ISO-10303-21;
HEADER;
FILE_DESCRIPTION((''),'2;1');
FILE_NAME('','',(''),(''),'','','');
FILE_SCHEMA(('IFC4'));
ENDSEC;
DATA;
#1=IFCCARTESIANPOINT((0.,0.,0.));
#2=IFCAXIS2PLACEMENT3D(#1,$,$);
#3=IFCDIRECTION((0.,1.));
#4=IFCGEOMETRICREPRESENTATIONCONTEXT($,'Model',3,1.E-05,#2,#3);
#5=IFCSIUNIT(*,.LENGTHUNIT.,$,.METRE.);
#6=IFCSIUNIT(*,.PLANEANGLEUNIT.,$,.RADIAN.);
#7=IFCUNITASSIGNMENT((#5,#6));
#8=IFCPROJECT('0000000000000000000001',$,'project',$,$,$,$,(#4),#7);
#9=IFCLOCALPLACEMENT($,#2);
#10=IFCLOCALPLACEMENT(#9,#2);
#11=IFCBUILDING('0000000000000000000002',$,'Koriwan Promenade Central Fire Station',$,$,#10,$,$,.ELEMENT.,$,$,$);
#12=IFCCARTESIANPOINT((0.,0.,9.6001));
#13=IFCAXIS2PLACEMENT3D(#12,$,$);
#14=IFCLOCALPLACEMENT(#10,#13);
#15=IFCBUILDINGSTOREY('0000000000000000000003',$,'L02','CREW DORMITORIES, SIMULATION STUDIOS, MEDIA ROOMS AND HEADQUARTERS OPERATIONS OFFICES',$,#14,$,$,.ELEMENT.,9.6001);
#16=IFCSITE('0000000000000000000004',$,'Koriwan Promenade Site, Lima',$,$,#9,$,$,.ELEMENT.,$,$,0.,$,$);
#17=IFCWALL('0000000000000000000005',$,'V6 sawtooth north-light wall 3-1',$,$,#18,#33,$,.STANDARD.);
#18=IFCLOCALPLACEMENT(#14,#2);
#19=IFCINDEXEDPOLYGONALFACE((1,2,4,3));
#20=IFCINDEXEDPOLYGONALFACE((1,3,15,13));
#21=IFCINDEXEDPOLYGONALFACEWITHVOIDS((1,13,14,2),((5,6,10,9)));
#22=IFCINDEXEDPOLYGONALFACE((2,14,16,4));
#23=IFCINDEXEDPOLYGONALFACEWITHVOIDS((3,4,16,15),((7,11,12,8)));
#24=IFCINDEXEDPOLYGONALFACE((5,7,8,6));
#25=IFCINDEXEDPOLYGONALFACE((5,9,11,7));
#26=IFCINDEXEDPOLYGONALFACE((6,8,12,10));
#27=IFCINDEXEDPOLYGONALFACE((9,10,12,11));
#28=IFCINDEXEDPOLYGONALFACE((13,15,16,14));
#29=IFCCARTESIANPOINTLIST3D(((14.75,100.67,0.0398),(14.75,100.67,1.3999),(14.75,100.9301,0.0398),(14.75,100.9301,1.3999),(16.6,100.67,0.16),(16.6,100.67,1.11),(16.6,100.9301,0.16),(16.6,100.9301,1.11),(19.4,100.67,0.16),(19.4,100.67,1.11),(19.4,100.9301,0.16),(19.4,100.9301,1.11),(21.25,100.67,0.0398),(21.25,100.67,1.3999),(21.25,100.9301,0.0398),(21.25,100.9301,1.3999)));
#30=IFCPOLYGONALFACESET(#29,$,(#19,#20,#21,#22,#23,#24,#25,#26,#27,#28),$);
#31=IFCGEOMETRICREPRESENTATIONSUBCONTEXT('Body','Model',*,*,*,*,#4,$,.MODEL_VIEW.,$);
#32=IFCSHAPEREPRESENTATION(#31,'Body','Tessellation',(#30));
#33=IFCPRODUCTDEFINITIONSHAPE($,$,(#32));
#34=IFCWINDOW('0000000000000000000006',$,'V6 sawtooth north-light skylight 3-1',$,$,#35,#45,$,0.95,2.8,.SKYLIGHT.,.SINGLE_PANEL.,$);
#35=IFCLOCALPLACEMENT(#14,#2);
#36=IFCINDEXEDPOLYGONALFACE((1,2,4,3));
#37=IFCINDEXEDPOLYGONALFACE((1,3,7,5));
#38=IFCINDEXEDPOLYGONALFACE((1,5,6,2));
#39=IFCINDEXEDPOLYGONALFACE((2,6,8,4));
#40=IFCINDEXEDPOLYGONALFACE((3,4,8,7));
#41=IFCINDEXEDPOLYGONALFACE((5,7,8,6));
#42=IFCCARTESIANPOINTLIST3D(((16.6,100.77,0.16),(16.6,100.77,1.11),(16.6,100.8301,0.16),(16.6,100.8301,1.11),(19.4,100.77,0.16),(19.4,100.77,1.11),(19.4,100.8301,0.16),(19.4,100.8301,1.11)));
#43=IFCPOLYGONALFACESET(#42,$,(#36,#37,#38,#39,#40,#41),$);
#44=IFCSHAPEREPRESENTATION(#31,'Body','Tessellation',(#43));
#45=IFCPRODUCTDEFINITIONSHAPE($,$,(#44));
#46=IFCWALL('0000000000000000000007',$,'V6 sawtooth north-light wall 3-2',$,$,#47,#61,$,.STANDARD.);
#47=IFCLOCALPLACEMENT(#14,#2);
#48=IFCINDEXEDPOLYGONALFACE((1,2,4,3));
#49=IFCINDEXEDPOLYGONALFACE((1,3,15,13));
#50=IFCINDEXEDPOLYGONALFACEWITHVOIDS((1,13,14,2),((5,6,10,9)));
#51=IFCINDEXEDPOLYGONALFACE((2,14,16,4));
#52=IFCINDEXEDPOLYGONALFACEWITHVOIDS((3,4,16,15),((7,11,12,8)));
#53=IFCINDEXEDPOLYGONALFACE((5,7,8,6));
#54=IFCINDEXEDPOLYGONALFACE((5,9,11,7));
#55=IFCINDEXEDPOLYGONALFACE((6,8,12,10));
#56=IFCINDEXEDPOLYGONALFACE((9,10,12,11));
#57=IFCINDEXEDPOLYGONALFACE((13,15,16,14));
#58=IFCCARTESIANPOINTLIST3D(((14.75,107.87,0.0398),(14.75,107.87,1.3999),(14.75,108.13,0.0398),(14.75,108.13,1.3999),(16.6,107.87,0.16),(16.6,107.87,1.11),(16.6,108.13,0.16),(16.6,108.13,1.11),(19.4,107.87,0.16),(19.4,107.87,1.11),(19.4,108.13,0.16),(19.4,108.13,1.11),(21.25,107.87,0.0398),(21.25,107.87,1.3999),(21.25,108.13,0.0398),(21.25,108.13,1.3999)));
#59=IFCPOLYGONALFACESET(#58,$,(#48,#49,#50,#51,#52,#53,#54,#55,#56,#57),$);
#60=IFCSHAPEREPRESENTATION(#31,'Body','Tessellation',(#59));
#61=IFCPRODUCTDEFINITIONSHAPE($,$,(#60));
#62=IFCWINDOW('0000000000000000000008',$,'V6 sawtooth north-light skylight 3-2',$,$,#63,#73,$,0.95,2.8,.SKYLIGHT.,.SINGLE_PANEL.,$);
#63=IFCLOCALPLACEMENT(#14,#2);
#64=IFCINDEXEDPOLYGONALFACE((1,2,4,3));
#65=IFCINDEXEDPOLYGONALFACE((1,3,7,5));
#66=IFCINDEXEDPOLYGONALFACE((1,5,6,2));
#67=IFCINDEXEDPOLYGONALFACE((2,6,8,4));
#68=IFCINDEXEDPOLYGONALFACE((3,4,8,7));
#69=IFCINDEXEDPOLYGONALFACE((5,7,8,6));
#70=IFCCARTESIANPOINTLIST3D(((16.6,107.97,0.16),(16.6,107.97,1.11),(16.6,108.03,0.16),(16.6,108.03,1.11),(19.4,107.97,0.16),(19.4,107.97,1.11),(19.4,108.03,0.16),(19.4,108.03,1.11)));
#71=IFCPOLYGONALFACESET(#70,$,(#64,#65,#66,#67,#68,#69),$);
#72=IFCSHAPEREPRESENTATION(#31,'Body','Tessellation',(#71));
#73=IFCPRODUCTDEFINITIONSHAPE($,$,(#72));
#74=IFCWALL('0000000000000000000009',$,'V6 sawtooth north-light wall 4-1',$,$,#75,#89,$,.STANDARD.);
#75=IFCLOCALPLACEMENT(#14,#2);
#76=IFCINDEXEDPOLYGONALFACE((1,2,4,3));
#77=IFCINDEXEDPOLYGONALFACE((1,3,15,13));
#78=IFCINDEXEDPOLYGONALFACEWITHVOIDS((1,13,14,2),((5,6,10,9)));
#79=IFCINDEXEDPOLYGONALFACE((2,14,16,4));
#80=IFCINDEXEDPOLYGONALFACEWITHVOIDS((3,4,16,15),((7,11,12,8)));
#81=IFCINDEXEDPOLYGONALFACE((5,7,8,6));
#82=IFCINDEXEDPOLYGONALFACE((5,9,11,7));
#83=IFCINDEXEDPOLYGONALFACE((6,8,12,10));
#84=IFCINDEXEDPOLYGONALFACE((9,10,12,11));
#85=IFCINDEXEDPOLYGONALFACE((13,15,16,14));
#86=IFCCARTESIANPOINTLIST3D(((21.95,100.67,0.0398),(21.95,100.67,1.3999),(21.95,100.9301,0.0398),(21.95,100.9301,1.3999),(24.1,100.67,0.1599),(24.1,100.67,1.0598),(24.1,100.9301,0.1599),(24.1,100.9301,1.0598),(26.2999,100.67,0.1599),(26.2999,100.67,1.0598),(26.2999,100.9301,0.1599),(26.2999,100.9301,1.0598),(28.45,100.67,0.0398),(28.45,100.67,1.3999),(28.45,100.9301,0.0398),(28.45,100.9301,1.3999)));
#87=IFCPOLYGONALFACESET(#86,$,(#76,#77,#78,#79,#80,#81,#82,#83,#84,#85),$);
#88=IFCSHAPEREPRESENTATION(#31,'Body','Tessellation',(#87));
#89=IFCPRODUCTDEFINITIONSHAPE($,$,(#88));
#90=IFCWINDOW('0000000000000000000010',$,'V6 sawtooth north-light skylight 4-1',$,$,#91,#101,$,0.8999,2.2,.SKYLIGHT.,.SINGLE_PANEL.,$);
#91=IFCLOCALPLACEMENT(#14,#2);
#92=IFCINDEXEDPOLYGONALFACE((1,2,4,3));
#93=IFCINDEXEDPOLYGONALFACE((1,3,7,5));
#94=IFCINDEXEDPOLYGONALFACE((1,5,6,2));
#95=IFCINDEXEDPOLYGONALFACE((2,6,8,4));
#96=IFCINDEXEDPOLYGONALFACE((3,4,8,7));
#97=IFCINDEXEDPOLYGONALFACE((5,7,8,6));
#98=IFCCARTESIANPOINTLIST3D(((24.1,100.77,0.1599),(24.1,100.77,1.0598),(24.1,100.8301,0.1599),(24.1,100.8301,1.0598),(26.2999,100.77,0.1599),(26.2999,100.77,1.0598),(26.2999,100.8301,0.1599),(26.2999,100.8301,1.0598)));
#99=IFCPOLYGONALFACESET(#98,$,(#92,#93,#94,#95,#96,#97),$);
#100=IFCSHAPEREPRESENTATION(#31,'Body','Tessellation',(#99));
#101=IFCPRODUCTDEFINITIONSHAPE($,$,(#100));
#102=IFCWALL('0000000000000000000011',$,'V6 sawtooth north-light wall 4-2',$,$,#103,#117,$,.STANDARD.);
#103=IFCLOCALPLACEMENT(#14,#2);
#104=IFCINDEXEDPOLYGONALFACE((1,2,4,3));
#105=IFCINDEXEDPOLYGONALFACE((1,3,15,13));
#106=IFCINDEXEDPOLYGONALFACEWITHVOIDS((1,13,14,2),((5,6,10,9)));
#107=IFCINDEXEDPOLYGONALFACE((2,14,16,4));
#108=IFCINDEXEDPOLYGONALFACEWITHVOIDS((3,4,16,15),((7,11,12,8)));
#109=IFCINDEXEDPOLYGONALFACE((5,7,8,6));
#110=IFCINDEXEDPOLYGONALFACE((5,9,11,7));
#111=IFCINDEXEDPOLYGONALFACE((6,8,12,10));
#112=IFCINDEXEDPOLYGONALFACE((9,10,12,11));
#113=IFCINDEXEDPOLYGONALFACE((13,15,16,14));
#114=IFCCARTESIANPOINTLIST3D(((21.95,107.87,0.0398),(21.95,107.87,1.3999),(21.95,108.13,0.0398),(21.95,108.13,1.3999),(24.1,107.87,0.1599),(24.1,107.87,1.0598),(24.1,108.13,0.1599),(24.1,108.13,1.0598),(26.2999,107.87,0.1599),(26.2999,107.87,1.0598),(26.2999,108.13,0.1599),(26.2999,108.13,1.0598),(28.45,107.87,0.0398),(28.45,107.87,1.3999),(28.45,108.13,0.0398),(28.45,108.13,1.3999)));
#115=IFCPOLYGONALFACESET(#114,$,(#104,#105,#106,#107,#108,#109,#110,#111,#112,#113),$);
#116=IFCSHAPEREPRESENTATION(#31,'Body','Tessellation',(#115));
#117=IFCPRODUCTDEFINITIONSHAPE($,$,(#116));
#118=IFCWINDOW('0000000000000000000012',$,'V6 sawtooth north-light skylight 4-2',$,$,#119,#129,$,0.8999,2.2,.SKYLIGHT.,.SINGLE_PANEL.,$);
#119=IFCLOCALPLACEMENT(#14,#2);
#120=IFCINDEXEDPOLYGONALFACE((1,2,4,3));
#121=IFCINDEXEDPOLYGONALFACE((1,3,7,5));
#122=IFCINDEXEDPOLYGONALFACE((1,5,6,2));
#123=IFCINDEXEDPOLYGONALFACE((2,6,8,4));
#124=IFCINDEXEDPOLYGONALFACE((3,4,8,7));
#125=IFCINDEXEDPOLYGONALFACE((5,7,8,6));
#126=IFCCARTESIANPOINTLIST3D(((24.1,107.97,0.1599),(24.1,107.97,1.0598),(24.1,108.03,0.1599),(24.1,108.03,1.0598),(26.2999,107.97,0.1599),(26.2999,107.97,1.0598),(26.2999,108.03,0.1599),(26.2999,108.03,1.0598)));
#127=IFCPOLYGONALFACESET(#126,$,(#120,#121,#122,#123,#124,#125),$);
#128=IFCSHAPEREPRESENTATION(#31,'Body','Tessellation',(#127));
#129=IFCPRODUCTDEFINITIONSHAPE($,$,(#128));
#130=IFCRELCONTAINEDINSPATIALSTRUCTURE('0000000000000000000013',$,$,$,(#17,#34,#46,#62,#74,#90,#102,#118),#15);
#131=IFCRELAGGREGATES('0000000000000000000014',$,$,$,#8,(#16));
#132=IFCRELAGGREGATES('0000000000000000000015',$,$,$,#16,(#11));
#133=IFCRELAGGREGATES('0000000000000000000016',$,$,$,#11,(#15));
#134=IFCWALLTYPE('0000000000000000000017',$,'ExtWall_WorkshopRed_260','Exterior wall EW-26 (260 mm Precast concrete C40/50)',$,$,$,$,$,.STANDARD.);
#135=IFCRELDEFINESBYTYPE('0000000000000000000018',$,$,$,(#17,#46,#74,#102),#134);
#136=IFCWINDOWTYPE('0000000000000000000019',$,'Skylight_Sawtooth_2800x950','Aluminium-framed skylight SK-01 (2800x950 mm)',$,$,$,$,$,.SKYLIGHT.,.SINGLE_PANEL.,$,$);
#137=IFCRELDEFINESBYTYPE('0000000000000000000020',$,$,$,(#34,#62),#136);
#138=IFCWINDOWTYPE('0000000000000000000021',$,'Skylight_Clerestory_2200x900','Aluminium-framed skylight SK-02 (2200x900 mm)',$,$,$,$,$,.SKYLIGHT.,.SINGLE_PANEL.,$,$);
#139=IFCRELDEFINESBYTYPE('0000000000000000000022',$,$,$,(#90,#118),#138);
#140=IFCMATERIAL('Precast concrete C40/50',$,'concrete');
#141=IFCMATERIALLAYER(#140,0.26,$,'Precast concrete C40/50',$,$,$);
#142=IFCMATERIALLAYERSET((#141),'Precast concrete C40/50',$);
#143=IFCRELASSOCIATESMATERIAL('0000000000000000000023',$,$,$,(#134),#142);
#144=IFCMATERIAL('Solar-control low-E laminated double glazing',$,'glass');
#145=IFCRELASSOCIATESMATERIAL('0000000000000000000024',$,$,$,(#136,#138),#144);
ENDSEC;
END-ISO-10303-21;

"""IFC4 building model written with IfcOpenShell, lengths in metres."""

from ifc_helpers import new_model, si_unit, direction, frame, frame_2d, origin, place, context, subcontext, project, spatial, rectangle, extrude, material, layer, layer_set, type_object, element, fill, save


model = new_model("IFC4")

# Units and contexts
model_context = context("Model", 3, precision=1e-05, world=origin(), true_north=direction((0.0, 1.0)))
body_context = subcontext(model_context, "Body", "Model", "MODEL_VIEW")
ifc_project = project(units=[si_unit("LENGTHUNIT", "METRE"), si_unit("PLANEANGLEUNIT", "RADIAN")], contexts=[model_context])

# Site, building, storey
site_placement = place(None, origin())
site = spatial("IfcSite", under=ifc_project, at=site_placement, Name="Koriwan Promenade Site, Lima", CompositionType="ELEMENT", RefElevation=0.0)
building_placement = place(site_placement, origin())
building = spatial("IfcBuilding", under=site, at=building_placement, Name="Koriwan Promenade Central Fire Station", CompositionType="ELEMENT")
storey_placement = place(building_placement, frame((0.0, 0.0, 9.6001)))
storey = spatial("IfcBuildingStorey", under=building, at=storey_placement, Name="L02", Description="CREW DORMITORIES, SIMULATION STUDIOS, MEDIA ROOMS AND HEADQUARTERS OPERATIONS OFFICES", CompositionType="ELEMENT", Elevation=9.6001)

# Walls, openings, windows
ifc_material_1 = material(Name="Precast concrete C40/50", Category="concrete")
ifc_layer_1 = layer(ifc_material_1, 0.26, Name="Precast concrete C40/50")
ifc_layer_set_1 = layer_set([ifc_layer_1], Name="Precast concrete C40/50")
wall_type = type_object("IfcWallType", Name="ExtWall_WorkshopRed_260", Description="Exterior wall EW-26 (260 mm Precast concrete C40/50)", PredefinedType="STANDARD", material=ifc_layer_set_1)
wall_1_placement = place(storey_placement, frame((14.75, 100.8, 0.0398), z_axis=(0.0, 0.0, 1.0), x_axis=(1.0, 0.0, 0.0)))
wall_1 = element("IfcWall", 1, at=wall_1_placement, inside=storey, type_object=wall_type, Name="V6 sawtooth north-light wall 3-1", PredefinedType="STANDARD", context=body_context, shape_type="SweptSolid", body=[
    extrude(rectangle(XDim=6.5, YDim=0.26, at=frame_2d((3.25, 0.0))), origin(), (0.0, 0.0, 1.0), 1.3601),
])
opening_1_placement = place(wall_1_placement, frame((1.8501, 0.0, 0.1201)))
opening_1 = element("IfcOpeningElement", 2, at=opening_1_placement, cuts=wall_1, PredefinedType="OPENING", context=body_context, shape_type="SweptSolid", body=[
    extrude(rectangle(XDim=2.8, YDim=0.95, at=frame_2d((1.3999, 0.4751))), frame((0.0, 0.1421, 0.0), z_axis=(0.0, -1.0, 0.0), x_axis=(1.0, 0.0, 0.0)), (0.0, 0.0, 1.0), 0.2839),
])
ifc_material_2 = material(Name="Solar-control low-E laminated double glazing", Category="glass")
window_type_1 = type_object("IfcWindowType", Name="Skylight_Sawtooth_2800x950", Description="Aluminium-framed skylight SK-01 (2800x950 mm)", PartitioningType="SINGLE_PANEL", PredefinedType="SKYLIGHT", material=ifc_material_2)
window_1_placement = place(opening_1_placement, origin())
window_1 = element("IfcWindow", 3, at=window_1_placement, inside=storey, type_object=window_type_1, Name="V6 sawtooth north-light skylight 3-1", OverallHeight=0.95, OverallWidth=2.8, PartitioningType="SINGLE_PANEL", PredefinedType="SKYLIGHT", context=body_context, shape_type="SweptSolid", body=[
    extrude(rectangle(XDim=2.8, YDim=0.95, at=frame_2d((1.3999, 0.4751))), frame((0.0, 0.03, 0.0), z_axis=(0.0, -1.0, 0.0), x_axis=(1.0, 0.0, 0.0)), (0.0, 0.0, 1.0), 0.0601),
])
fill(opening_1, window_1)
wall_2_placement = place(storey_placement, frame((14.75, 108.0, 0.0398), z_axis=(0.0, 0.0, 1.0), x_axis=(1.0, 0.0, 0.0)))
wall_2 = element("IfcWall", 4, at=wall_2_placement, inside=storey, type_object=wall_type, Name="V6 sawtooth north-light wall 3-2", PredefinedType="STANDARD", context=body_context, shape_type="SweptSolid", body=[
    extrude(rectangle(XDim=6.5, YDim=0.26, at=frame_2d((3.25, 0.0))), origin(), (0.0, 0.0, 1.0), 1.3601),
])
opening_2_placement = place(wall_2_placement, frame((1.8501, 0.0, 0.1201)))
opening_2 = element("IfcOpeningElement", 5, at=opening_2_placement, cuts=wall_2, PredefinedType="OPENING", context=body_context, shape_type="SweptSolid", body=[
    extrude(rectangle(XDim=2.8, YDim=0.95, at=frame_2d((1.3999, 0.4751))), frame((0.0, 0.1421, 0.0), z_axis=(0.0, -1.0, 0.0), x_axis=(1.0, 0.0, 0.0)), (0.0, 0.0, 1.0), 0.2839),
])
window_2_placement = place(opening_2_placement, origin())
window_2 = element("IfcWindow", 6, at=window_2_placement, inside=storey, type_object=window_type_1, Name="V6 sawtooth north-light skylight 3-2", OverallHeight=0.95, OverallWidth=2.8, PartitioningType="SINGLE_PANEL", PredefinedType="SKYLIGHT", context=body_context, shape_type="SweptSolid", body=[
    extrude(rectangle(XDim=2.8, YDim=0.95, at=frame_2d((1.3999, 0.4751))), frame((0.0, 0.03, 0.0), z_axis=(0.0, -1.0, 0.0), x_axis=(1.0, 0.0, 0.0)), (0.0, 0.0, 1.0), 0.0601),
])
fill(opening_2, window_2)
wall_3_placement = place(storey_placement, frame((21.95, 100.8, 0.0398), z_axis=(0.0, 0.0, 1.0), x_axis=(1.0, 0.0, 0.0)))
wall_3 = element("IfcWall", 7, at=wall_3_placement, inside=storey, type_object=wall_type, Name="V6 sawtooth north-light wall 4-1", PredefinedType="STANDARD", context=body_context, shape_type="SweptSolid", body=[
    extrude(rectangle(XDim=6.5, YDim=0.26, at=frame_2d((3.25, 0.0))), origin(), (0.0, 0.0, 1.0), 1.3601),
])
opening_3_placement = place(wall_3_placement, frame((2.1499, 0.0, 0.1201)))
opening_3 = element("IfcOpeningElement", 8, at=opening_3_placement, cuts=wall_3, PredefinedType="OPENING", context=body_context, shape_type="SweptSolid", body=[
    extrude(rectangle(XDim=2.2, YDim=0.8999, at=frame_2d((1.1001, 0.45))), frame((0.0, 0.1421, 0.0), z_axis=(0.0, -1.0, 0.0), x_axis=(1.0, 0.0, 0.0)), (0.0, 0.0, 1.0), 0.2839),
])
window_type_2 = type_object("IfcWindowType", Name="Skylight_Clerestory_2200x900", Description="Aluminium-framed skylight SK-02 (2200x900 mm)", PartitioningType="SINGLE_PANEL", PredefinedType="SKYLIGHT", material=ifc_material_2)
window_3_placement = place(opening_3_placement, origin())
window_3 = element("IfcWindow", 9, at=window_3_placement, inside=storey, type_object=window_type_2, Name="V6 sawtooth north-light skylight 4-1", OverallHeight=0.8999, OverallWidth=2.2, PartitioningType="SINGLE_PANEL", PredefinedType="SKYLIGHT", context=body_context, shape_type="SweptSolid", body=[
    extrude(rectangle(XDim=2.2, YDim=0.8999, at=frame_2d((1.1001, 0.45))), frame((0.0, 0.03, 0.0), z_axis=(0.0, -1.0, 0.0), x_axis=(1.0, 0.0, 0.0)), (0.0, 0.0, 1.0), 0.0601),
])
fill(opening_3, window_3)
wall_4_placement = place(storey_placement, frame((21.95, 108.0, 0.0398), z_axis=(0.0, 0.0, 1.0), x_axis=(1.0, 0.0, 0.0)))
wall_4 = element("IfcWall", 10, at=wall_4_placement, inside=storey, type_object=wall_type, Name="V6 sawtooth north-light wall 4-2", PredefinedType="STANDARD", context=body_context, shape_type="SweptSolid", body=[
    extrude(rectangle(XDim=6.5, YDim=0.26, at=frame_2d((3.25, 0.0))), origin(), (0.0, 0.0, 1.0), 1.3601),
])
opening_4_placement = place(wall_4_placement, frame((2.1499, 0.0, 0.1201)))
opening_4 = element("IfcOpeningElement", 11, at=opening_4_placement, cuts=wall_4, PredefinedType="OPENING", context=body_context, shape_type="SweptSolid", body=[
    extrude(rectangle(XDim=2.2, YDim=0.8999, at=frame_2d((1.1001, 0.45))), frame((0.0, 0.1421, 0.0), z_axis=(0.0, -1.0, 0.0), x_axis=(1.0, 0.0, 0.0)), (0.0, 0.0, 1.0), 0.2839),
])
window_4_placement = place(opening_4_placement, origin())
window_4 = element("IfcWindow", 12, at=window_4_placement, inside=storey, type_object=window_type_2, Name="V6 sawtooth north-light skylight 4-2", OverallHeight=0.8999, OverallWidth=2.2, PartitioningType="SINGLE_PANEL", PredefinedType="SKYLIGHT", context=body_context, shape_type="SweptSolid", body=[
    extrude(rectangle(XDim=2.2, YDim=0.8999, at=frame_2d((1.1001, 0.45))), frame((0.0, 0.03, 0.0), z_axis=(0.0, -1.0, 0.0), x_axis=(1.0, 0.0, 0.0)), (0.0, 0.0, 1.0), 0.0601),
])
fill(opening_4, window_4)

save(model, "model.ifc")
